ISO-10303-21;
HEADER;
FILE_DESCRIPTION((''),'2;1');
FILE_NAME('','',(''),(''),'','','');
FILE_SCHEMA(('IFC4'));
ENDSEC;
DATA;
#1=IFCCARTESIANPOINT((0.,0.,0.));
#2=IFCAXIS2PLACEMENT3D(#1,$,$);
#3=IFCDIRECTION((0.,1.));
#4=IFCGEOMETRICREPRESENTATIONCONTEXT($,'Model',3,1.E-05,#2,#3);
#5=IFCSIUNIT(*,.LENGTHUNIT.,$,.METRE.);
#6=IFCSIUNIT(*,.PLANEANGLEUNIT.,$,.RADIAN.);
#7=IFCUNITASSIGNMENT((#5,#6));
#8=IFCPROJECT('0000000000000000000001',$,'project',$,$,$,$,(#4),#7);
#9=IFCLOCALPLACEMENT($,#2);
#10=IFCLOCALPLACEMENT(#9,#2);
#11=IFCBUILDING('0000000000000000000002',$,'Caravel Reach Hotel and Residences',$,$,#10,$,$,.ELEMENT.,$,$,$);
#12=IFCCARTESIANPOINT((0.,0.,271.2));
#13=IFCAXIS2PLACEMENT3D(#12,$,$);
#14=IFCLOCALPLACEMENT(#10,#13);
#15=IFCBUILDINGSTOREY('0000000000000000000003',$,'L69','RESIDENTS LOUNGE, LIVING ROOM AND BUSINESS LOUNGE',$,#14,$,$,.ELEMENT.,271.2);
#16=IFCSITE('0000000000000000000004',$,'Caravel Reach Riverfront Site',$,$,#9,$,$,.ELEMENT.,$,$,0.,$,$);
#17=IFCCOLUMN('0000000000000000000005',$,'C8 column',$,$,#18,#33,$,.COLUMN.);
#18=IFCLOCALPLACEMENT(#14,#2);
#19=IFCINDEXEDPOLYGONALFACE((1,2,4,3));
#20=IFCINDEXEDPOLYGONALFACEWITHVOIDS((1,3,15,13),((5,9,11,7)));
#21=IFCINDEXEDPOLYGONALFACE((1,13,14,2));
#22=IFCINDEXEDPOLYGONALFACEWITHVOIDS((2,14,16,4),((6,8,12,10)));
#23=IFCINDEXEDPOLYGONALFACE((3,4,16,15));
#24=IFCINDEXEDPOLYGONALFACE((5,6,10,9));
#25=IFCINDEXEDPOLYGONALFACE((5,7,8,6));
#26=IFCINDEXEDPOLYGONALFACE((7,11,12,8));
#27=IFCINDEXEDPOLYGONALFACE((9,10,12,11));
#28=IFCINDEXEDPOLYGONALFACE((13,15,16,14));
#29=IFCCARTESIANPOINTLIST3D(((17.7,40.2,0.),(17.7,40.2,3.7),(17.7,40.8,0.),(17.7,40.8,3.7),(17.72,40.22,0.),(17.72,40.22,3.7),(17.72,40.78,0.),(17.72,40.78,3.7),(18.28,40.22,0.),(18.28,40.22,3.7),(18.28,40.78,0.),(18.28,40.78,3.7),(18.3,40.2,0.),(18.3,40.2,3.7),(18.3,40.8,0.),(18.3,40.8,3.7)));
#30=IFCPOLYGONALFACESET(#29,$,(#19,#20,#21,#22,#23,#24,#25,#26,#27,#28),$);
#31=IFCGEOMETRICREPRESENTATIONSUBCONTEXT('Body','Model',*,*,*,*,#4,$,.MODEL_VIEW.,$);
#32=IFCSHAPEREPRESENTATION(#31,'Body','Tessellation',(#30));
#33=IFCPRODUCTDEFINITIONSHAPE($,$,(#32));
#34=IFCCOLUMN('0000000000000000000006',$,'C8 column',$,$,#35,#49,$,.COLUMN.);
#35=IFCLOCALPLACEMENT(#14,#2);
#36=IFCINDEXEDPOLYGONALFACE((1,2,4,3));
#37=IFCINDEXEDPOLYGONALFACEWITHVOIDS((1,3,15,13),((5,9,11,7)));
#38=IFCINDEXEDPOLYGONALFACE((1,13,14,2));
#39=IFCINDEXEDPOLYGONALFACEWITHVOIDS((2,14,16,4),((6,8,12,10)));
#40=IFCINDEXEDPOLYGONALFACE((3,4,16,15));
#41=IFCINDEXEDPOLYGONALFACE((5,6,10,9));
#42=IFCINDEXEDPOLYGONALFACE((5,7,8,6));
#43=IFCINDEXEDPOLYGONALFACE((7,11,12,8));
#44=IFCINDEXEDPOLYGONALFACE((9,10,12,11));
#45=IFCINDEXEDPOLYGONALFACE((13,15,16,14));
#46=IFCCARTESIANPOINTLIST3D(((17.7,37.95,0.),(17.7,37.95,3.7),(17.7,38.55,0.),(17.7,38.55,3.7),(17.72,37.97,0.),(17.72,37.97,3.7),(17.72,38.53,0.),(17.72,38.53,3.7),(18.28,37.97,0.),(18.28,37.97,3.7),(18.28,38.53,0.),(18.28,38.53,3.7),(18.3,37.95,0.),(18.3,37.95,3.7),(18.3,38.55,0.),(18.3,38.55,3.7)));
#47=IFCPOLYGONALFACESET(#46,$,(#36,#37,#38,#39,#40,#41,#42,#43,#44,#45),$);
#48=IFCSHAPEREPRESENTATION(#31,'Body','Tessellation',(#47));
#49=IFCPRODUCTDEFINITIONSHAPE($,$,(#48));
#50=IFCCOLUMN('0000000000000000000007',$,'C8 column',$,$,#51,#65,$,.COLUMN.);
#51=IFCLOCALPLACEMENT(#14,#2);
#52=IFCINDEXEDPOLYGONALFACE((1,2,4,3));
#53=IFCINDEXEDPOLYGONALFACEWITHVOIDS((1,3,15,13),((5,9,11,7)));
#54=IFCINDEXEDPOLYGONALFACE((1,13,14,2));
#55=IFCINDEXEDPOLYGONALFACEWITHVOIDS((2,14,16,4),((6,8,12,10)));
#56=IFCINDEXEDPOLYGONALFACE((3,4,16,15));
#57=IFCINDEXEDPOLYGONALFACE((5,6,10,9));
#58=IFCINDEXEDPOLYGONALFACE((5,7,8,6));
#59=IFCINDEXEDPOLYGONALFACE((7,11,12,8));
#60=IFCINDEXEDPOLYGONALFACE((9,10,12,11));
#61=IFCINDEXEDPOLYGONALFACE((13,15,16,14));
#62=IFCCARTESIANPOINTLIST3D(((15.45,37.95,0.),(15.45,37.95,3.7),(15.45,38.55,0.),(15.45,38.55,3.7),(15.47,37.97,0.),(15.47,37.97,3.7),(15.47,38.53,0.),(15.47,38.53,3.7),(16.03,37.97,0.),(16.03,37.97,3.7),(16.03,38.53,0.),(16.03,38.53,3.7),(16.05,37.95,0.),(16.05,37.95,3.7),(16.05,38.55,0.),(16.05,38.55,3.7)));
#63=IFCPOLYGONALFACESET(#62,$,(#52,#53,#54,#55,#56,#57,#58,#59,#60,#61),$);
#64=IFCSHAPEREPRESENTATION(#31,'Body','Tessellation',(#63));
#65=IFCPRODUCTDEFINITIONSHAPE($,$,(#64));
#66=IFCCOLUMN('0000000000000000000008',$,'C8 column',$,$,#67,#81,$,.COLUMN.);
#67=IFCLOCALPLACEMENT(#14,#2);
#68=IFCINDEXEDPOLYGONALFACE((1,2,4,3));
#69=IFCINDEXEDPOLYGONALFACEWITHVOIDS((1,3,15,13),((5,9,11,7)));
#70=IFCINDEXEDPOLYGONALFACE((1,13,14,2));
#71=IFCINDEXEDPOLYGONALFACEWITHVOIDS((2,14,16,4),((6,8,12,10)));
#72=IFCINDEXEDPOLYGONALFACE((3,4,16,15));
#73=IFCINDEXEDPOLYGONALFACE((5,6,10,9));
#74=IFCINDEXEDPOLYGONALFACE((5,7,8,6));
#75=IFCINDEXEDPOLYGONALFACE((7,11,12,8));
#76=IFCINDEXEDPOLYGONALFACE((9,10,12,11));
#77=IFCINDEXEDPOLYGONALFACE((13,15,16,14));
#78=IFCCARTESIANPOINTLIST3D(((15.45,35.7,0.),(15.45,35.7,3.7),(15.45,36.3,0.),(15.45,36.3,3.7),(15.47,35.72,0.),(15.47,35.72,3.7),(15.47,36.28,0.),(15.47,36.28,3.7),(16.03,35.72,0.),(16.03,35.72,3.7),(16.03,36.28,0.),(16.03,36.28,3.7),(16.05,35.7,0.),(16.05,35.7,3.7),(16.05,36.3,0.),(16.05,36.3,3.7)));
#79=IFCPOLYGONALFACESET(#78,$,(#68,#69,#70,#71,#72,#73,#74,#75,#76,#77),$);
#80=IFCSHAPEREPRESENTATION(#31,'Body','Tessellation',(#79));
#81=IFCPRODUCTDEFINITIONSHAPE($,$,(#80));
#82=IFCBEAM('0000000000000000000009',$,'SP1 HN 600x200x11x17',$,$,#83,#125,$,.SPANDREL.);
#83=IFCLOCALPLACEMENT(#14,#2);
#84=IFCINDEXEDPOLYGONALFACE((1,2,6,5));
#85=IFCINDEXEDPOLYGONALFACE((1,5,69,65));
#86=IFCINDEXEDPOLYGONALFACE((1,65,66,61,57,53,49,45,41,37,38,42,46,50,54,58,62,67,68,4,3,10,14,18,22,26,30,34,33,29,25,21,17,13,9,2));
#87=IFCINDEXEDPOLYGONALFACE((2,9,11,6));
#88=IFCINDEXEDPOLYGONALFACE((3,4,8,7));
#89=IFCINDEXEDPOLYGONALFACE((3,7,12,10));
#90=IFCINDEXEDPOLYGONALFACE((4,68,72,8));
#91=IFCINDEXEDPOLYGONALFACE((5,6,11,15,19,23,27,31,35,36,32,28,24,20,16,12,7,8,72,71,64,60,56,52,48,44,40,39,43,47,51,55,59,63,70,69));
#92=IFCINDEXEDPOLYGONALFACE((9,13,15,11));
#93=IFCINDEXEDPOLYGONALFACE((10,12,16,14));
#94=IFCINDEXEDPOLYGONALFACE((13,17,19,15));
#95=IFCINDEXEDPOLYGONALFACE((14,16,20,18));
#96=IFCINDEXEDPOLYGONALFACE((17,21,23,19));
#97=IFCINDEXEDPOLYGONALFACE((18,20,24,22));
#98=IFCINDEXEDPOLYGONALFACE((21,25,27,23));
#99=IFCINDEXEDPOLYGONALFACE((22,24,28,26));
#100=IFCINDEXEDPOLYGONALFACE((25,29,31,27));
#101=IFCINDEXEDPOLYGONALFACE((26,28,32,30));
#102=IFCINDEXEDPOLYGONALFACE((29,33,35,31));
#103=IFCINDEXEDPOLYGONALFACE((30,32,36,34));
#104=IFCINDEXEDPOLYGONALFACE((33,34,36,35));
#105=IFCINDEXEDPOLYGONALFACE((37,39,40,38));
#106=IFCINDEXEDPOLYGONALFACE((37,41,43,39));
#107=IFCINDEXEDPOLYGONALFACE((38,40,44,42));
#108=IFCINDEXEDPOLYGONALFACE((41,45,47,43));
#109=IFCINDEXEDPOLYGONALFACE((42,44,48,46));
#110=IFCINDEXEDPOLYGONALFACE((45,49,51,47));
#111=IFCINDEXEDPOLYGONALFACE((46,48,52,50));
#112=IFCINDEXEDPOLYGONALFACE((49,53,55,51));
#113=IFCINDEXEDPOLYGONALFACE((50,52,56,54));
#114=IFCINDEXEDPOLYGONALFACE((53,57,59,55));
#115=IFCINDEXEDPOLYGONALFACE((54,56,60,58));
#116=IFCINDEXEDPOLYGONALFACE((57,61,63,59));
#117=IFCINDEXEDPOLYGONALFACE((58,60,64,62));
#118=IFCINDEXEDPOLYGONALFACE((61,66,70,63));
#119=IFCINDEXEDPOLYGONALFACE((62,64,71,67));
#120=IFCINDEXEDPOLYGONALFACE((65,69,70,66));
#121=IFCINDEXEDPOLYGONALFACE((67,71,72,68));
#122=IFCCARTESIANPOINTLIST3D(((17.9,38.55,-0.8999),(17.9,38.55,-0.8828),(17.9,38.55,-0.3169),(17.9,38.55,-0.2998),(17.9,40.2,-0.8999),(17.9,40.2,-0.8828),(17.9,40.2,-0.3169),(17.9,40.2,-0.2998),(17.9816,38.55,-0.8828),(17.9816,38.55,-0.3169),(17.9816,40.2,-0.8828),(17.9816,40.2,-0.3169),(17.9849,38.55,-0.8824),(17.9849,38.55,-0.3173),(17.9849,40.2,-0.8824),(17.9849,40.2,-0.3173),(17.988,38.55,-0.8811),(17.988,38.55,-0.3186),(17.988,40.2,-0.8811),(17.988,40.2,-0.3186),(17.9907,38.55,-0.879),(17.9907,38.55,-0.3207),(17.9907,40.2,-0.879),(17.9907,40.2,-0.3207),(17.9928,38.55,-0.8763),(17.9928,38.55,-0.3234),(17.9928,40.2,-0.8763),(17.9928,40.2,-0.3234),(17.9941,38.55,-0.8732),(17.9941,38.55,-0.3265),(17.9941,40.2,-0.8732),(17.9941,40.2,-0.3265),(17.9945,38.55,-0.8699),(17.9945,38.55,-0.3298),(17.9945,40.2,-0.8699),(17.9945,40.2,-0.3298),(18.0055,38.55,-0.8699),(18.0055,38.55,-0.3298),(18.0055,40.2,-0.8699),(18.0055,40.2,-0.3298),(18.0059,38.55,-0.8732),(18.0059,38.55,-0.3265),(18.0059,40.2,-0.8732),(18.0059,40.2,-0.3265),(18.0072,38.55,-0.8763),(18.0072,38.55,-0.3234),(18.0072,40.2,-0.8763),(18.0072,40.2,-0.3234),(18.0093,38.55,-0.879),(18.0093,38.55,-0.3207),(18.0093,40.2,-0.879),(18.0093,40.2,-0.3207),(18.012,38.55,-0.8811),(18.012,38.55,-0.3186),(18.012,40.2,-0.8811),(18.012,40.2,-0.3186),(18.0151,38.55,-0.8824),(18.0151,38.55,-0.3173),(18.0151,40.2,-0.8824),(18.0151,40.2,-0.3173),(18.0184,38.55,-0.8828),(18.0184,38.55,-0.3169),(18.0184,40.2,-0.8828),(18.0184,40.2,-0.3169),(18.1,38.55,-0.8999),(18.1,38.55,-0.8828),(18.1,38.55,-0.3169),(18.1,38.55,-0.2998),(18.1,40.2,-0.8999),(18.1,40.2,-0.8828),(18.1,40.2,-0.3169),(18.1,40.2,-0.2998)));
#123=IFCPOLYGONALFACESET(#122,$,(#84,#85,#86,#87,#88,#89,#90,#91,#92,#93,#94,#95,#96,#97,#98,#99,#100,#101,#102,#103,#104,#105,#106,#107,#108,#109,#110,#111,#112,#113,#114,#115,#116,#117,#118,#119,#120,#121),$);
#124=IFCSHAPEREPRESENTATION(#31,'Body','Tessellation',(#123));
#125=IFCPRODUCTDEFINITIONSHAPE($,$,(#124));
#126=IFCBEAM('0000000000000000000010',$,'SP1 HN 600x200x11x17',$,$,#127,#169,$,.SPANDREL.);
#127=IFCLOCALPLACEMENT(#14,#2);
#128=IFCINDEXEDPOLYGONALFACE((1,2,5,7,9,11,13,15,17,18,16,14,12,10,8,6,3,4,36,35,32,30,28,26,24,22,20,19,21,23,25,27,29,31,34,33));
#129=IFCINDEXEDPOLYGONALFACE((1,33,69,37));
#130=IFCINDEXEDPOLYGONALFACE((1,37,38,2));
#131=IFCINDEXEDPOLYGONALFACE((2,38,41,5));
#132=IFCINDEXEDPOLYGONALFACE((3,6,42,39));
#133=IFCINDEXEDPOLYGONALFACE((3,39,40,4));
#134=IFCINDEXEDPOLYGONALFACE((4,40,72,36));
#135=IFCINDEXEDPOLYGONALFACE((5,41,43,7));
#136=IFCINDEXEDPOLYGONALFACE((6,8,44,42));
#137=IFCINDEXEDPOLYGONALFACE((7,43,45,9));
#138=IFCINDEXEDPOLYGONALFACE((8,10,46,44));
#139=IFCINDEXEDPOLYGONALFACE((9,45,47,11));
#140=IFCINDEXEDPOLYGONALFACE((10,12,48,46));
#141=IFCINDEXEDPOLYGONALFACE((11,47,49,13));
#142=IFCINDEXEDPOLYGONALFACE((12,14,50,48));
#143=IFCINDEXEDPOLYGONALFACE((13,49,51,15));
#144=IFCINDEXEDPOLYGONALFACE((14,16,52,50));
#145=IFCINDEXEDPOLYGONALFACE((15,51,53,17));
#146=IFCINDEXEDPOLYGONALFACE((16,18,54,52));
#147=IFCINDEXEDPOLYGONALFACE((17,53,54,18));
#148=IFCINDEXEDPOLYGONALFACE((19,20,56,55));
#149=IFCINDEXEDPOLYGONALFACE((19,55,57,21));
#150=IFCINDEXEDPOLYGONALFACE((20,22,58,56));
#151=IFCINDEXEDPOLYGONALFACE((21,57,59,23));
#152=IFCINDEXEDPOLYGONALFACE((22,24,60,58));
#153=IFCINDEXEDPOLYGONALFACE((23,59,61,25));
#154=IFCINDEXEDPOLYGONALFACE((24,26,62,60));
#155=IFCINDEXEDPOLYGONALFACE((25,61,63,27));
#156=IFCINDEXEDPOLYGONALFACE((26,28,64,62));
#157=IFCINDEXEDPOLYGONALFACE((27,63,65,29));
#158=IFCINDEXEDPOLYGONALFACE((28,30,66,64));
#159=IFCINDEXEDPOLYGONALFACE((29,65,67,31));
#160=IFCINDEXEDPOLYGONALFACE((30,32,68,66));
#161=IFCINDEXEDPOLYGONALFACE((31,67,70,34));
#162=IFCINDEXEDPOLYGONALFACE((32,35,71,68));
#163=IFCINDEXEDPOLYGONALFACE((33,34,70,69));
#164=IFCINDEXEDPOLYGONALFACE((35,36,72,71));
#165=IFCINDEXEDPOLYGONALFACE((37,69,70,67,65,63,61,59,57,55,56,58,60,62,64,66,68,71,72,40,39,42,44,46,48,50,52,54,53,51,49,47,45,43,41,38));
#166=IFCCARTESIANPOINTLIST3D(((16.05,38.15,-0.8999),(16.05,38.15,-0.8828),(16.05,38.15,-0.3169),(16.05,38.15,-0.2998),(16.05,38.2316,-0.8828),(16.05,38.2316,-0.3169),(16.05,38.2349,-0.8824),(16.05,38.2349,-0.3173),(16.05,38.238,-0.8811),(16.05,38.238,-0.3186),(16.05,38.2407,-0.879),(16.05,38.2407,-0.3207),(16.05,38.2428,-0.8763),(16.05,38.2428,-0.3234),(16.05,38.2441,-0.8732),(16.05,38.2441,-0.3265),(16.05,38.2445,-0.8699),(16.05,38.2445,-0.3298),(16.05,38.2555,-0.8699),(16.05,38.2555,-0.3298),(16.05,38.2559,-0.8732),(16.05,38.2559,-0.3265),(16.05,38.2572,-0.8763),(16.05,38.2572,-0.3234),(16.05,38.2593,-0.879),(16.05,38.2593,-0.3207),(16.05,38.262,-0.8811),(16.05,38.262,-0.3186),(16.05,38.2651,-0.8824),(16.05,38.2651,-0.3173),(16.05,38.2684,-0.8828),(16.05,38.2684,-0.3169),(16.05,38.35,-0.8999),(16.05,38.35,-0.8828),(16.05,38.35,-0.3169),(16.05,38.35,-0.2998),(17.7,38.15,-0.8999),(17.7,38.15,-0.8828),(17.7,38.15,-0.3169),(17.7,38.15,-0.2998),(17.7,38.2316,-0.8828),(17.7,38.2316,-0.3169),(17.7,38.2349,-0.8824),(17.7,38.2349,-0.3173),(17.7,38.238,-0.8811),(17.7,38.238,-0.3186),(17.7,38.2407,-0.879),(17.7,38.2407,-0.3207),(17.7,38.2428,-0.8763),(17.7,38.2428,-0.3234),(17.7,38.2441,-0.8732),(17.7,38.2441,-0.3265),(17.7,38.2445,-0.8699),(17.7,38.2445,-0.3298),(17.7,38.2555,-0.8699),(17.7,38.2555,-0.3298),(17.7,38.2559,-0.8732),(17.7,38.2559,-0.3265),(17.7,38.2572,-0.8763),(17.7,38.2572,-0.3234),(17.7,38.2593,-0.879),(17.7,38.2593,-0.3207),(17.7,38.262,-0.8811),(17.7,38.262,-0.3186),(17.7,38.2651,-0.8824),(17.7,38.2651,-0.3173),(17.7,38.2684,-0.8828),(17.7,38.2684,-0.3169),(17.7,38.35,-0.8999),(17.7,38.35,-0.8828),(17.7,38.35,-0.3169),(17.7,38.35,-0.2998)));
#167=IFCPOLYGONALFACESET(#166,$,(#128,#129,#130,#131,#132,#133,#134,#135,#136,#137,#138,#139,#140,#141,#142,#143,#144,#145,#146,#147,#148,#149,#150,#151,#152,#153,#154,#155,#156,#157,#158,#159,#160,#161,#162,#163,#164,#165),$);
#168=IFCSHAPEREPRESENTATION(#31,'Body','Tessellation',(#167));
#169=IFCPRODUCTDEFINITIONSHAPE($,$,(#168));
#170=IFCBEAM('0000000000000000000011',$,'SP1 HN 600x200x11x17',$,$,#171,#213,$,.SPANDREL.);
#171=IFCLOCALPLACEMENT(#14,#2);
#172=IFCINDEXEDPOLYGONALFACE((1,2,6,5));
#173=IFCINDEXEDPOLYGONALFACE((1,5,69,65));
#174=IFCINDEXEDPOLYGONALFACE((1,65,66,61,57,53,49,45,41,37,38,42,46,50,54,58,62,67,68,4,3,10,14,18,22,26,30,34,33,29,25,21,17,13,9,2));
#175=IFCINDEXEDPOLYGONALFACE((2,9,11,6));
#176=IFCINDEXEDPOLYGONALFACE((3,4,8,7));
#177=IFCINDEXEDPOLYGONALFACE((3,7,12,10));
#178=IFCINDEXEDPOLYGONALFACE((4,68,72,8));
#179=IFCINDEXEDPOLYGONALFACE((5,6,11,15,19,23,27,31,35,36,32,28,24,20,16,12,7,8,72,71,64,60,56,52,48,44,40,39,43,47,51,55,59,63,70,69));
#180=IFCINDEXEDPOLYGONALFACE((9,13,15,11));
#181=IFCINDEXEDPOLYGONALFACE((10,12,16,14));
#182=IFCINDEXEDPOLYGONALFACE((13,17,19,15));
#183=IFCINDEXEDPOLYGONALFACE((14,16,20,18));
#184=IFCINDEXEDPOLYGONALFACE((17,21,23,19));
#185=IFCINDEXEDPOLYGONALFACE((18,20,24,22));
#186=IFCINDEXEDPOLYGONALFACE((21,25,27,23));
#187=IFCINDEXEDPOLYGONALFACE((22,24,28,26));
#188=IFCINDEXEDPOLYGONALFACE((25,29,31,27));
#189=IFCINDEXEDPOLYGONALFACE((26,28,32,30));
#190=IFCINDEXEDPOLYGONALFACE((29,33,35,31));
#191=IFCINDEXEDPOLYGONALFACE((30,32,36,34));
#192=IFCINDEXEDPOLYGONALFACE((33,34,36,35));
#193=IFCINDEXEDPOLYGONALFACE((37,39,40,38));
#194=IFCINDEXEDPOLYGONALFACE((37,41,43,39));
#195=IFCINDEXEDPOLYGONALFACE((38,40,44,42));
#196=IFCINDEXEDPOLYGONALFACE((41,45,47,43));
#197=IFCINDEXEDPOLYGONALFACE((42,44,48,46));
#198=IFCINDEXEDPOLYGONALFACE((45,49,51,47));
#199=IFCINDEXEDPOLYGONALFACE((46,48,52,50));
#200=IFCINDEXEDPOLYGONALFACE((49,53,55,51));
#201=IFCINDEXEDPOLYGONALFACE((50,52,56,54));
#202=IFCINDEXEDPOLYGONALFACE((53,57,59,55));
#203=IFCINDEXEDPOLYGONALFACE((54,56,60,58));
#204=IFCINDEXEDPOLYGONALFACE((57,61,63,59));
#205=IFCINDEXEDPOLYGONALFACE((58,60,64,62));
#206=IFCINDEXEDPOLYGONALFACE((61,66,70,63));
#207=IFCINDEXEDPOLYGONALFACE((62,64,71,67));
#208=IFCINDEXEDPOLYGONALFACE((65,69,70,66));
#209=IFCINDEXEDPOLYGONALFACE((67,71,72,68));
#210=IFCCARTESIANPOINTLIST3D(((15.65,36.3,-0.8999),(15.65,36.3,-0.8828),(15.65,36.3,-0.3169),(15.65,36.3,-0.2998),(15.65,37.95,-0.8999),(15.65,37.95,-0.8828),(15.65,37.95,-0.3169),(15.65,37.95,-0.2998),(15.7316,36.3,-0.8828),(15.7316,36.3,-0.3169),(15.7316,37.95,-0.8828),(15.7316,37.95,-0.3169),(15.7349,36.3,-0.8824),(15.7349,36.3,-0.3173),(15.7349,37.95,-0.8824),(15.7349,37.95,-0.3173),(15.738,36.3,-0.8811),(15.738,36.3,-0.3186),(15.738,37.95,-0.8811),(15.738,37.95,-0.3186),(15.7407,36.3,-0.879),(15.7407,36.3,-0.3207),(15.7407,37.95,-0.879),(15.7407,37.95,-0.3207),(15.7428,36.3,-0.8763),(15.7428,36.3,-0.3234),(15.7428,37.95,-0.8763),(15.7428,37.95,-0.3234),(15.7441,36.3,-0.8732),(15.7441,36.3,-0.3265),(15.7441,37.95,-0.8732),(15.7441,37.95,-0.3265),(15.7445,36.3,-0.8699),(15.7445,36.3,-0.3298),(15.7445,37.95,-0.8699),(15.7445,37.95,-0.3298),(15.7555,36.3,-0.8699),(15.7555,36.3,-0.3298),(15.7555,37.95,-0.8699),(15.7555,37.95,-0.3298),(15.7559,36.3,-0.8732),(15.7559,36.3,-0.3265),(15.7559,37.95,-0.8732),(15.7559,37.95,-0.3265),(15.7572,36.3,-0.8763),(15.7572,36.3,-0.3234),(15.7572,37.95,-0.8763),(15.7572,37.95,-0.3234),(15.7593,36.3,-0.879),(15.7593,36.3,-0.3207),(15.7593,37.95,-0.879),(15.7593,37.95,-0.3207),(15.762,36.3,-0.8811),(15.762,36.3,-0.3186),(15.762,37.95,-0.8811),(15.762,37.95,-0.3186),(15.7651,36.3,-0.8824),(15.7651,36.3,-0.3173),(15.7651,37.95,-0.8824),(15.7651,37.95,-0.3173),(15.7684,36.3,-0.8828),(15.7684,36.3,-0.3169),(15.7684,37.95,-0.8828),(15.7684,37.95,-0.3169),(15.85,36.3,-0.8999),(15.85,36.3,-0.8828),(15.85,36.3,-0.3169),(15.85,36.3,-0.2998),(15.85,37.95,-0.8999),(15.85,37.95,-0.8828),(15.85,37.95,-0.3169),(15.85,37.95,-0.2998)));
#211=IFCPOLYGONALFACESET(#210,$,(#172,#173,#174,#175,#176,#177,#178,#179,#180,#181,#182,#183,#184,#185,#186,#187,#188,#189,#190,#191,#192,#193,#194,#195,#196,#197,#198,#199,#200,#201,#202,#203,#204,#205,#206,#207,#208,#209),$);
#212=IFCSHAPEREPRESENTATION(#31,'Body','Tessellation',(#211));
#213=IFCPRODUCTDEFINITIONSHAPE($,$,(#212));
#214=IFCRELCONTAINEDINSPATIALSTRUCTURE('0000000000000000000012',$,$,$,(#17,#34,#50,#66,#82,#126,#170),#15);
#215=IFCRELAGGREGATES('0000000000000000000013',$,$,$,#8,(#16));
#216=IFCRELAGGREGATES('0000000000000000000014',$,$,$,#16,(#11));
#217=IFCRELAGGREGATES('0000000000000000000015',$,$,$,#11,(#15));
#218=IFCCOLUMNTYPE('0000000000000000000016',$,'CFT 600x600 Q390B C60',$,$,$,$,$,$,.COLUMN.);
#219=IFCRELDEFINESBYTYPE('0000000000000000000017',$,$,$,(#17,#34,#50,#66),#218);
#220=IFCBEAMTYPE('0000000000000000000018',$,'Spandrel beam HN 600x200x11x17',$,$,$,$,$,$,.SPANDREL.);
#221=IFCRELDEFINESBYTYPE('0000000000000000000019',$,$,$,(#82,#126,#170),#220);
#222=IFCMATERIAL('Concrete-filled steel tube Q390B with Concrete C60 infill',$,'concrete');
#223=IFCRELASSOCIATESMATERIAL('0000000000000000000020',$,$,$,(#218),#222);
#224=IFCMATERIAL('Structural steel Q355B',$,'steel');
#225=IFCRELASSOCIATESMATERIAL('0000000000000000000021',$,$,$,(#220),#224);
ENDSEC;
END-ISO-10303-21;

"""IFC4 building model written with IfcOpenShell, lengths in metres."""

from ifc_helpers import new_model, si_unit, direction, frame, origin, origin_2d, place, context, subcontext, project, spatial, hollow_rectangle, i_section, extrude, material, material_profile, profile_set, type_object, element, save


model = new_model("IFC4")

# Units and contexts
model_context = context("Model", 3, precision=1e-05, world=origin(), true_north=direction((0.0, 1.0)))
body_context = subcontext(model_context, "Body", "Model", "MODEL_VIEW")
ifc_project = project(units=[si_unit("LENGTHUNIT", "METRE"), si_unit("PLANEANGLEUNIT", "RADIAN")], contexts=[model_context])

# Site, building, storey
site_placement = place(None, origin())
site = spatial("IfcSite", under=ifc_project, at=site_placement, Name="Caravel Reach Riverfront Site", CompositionType="ELEMENT", RefElevation=0.0)
building_placement = place(site_placement, origin())
building = spatial("IfcBuilding", under=site, at=building_placement, Name="Caravel Reach Hotel and Residences", CompositionType="ELEMENT")
storey_placement = place(building_placement, frame((0.0, 0.0, 271.2)))
storey = spatial("IfcBuildingStorey", under=building, at=storey_placement, Name="L69", Description="RESIDENTS LOUNGE, LIVING ROOM AND BUSINESS LOUNGE", CompositionType="ELEMENT", Elevation=271.2)

# Columns
ifc_material_1 = material(Name="Concrete-filled steel tube Q390B with Concrete C60 infill", Category="concrete")
ifc_material_profile_1 = material_profile(ifc_material_1, hollow_rectangle(XDim=0.6001, YDim=0.6001, WallThickness=0.02, at=origin_2d()), Name="RHS 600x600x20")
ifc_profile_set_1 = profile_set([ifc_material_profile_1], Name="Concrete-filled steel tube Q390B with Concrete C60 infill")
column_type = type_object("IfcColumnType", Name="CFT 600x600 Q390B C60", PredefinedType="COLUMN", material=ifc_profile_set_1)
for number, where, z_axis, x_axis, name in (
    (1, (18.0, 40.5, 0.0), (0.0, 0.0, 1.0), (1.0, 0.0, 0.0), "C8 column"),
    (2, (18.0, 38.25, 0.0), (0.0, 0.0, 1.0), (1.0, 0.0, 0.0), "C8 column"),
    (3, (15.75, 38.25, 0.0), (0.0, 0.0, 1.0), (1.0, 0.0, 0.0), "C8 column"),
    (4, (15.75, 36.0, 0.0), (0.0, 0.0, 1.0), (1.0, 0.0, 0.0), "C8 column"),
):
    element("IfcColumn", number, at=place(storey_placement, frame(where, z_axis=z_axis, x_axis=x_axis)), inside=storey, type_object=column_type, Name=name, PredefinedType="COLUMN", context=body_context, shape_type="SweptSolid", body=[
        extrude(hollow_rectangle(XDim=0.6001, YDim=0.6001, WallThickness=0.02, at=origin_2d()), origin(), (0.0, 0.0, 1.0), 3.7),
    ])

# Beams
ifc_material_2 = material(Name="Structural steel Q355B", Category="steel")
ifc_material_profile_2 = material_profile(ifc_material_2, i_section(OverallWidth=0.2, OverallDepth=0.6001, WebThickness=0.011, FlangeThickness=0.0171, FilletRadius=0.0129, at=origin_2d()), Name="HN 600x200x11x17")
ifc_profile_set_2 = profile_set([ifc_material_profile_2], Name="Structural steel Q355B")
beam_type = type_object("IfcBeamType", Name="Spandrel beam HN 600x200x11x17", PredefinedType="SPANDREL", material=ifc_profile_set_2)
for number, where, z_axis, x_axis, name in (
    (5, (18.0, 40.2, -0.5999), (0.0, -1.0, 0.0), (1.0, 0.0, 0.0), "SP1 HN 600x200x11x17"),
    (6, (17.7, 38.25, -0.5999), (-1.0, 0.0, 0.0), (0.0, -1.0, 0.0), "SP1 HN 600x200x11x17"),
    (7, (15.75, 37.95, -0.5999), (0.0, -1.0, 0.0), (1.0, 0.0, 0.0), "SP1 HN 600x200x11x17"),
):
    element("IfcBeam", number, at=place(storey_placement, frame(where, z_axis=z_axis, x_axis=x_axis)), inside=storey, type_object=beam_type, Name=name, PredefinedType="SPANDREL", context=body_context, shape_type="SweptSolid", body=[
        extrude(i_section(OverallWidth=0.2, OverallDepth=0.6001, WebThickness=0.011, FlangeThickness=0.0171, FilletRadius=0.0129, at=origin_2d()), origin(), (0.0, 0.0, 1.0), 1.6499),
    ])

save(model, "model.ifc")
